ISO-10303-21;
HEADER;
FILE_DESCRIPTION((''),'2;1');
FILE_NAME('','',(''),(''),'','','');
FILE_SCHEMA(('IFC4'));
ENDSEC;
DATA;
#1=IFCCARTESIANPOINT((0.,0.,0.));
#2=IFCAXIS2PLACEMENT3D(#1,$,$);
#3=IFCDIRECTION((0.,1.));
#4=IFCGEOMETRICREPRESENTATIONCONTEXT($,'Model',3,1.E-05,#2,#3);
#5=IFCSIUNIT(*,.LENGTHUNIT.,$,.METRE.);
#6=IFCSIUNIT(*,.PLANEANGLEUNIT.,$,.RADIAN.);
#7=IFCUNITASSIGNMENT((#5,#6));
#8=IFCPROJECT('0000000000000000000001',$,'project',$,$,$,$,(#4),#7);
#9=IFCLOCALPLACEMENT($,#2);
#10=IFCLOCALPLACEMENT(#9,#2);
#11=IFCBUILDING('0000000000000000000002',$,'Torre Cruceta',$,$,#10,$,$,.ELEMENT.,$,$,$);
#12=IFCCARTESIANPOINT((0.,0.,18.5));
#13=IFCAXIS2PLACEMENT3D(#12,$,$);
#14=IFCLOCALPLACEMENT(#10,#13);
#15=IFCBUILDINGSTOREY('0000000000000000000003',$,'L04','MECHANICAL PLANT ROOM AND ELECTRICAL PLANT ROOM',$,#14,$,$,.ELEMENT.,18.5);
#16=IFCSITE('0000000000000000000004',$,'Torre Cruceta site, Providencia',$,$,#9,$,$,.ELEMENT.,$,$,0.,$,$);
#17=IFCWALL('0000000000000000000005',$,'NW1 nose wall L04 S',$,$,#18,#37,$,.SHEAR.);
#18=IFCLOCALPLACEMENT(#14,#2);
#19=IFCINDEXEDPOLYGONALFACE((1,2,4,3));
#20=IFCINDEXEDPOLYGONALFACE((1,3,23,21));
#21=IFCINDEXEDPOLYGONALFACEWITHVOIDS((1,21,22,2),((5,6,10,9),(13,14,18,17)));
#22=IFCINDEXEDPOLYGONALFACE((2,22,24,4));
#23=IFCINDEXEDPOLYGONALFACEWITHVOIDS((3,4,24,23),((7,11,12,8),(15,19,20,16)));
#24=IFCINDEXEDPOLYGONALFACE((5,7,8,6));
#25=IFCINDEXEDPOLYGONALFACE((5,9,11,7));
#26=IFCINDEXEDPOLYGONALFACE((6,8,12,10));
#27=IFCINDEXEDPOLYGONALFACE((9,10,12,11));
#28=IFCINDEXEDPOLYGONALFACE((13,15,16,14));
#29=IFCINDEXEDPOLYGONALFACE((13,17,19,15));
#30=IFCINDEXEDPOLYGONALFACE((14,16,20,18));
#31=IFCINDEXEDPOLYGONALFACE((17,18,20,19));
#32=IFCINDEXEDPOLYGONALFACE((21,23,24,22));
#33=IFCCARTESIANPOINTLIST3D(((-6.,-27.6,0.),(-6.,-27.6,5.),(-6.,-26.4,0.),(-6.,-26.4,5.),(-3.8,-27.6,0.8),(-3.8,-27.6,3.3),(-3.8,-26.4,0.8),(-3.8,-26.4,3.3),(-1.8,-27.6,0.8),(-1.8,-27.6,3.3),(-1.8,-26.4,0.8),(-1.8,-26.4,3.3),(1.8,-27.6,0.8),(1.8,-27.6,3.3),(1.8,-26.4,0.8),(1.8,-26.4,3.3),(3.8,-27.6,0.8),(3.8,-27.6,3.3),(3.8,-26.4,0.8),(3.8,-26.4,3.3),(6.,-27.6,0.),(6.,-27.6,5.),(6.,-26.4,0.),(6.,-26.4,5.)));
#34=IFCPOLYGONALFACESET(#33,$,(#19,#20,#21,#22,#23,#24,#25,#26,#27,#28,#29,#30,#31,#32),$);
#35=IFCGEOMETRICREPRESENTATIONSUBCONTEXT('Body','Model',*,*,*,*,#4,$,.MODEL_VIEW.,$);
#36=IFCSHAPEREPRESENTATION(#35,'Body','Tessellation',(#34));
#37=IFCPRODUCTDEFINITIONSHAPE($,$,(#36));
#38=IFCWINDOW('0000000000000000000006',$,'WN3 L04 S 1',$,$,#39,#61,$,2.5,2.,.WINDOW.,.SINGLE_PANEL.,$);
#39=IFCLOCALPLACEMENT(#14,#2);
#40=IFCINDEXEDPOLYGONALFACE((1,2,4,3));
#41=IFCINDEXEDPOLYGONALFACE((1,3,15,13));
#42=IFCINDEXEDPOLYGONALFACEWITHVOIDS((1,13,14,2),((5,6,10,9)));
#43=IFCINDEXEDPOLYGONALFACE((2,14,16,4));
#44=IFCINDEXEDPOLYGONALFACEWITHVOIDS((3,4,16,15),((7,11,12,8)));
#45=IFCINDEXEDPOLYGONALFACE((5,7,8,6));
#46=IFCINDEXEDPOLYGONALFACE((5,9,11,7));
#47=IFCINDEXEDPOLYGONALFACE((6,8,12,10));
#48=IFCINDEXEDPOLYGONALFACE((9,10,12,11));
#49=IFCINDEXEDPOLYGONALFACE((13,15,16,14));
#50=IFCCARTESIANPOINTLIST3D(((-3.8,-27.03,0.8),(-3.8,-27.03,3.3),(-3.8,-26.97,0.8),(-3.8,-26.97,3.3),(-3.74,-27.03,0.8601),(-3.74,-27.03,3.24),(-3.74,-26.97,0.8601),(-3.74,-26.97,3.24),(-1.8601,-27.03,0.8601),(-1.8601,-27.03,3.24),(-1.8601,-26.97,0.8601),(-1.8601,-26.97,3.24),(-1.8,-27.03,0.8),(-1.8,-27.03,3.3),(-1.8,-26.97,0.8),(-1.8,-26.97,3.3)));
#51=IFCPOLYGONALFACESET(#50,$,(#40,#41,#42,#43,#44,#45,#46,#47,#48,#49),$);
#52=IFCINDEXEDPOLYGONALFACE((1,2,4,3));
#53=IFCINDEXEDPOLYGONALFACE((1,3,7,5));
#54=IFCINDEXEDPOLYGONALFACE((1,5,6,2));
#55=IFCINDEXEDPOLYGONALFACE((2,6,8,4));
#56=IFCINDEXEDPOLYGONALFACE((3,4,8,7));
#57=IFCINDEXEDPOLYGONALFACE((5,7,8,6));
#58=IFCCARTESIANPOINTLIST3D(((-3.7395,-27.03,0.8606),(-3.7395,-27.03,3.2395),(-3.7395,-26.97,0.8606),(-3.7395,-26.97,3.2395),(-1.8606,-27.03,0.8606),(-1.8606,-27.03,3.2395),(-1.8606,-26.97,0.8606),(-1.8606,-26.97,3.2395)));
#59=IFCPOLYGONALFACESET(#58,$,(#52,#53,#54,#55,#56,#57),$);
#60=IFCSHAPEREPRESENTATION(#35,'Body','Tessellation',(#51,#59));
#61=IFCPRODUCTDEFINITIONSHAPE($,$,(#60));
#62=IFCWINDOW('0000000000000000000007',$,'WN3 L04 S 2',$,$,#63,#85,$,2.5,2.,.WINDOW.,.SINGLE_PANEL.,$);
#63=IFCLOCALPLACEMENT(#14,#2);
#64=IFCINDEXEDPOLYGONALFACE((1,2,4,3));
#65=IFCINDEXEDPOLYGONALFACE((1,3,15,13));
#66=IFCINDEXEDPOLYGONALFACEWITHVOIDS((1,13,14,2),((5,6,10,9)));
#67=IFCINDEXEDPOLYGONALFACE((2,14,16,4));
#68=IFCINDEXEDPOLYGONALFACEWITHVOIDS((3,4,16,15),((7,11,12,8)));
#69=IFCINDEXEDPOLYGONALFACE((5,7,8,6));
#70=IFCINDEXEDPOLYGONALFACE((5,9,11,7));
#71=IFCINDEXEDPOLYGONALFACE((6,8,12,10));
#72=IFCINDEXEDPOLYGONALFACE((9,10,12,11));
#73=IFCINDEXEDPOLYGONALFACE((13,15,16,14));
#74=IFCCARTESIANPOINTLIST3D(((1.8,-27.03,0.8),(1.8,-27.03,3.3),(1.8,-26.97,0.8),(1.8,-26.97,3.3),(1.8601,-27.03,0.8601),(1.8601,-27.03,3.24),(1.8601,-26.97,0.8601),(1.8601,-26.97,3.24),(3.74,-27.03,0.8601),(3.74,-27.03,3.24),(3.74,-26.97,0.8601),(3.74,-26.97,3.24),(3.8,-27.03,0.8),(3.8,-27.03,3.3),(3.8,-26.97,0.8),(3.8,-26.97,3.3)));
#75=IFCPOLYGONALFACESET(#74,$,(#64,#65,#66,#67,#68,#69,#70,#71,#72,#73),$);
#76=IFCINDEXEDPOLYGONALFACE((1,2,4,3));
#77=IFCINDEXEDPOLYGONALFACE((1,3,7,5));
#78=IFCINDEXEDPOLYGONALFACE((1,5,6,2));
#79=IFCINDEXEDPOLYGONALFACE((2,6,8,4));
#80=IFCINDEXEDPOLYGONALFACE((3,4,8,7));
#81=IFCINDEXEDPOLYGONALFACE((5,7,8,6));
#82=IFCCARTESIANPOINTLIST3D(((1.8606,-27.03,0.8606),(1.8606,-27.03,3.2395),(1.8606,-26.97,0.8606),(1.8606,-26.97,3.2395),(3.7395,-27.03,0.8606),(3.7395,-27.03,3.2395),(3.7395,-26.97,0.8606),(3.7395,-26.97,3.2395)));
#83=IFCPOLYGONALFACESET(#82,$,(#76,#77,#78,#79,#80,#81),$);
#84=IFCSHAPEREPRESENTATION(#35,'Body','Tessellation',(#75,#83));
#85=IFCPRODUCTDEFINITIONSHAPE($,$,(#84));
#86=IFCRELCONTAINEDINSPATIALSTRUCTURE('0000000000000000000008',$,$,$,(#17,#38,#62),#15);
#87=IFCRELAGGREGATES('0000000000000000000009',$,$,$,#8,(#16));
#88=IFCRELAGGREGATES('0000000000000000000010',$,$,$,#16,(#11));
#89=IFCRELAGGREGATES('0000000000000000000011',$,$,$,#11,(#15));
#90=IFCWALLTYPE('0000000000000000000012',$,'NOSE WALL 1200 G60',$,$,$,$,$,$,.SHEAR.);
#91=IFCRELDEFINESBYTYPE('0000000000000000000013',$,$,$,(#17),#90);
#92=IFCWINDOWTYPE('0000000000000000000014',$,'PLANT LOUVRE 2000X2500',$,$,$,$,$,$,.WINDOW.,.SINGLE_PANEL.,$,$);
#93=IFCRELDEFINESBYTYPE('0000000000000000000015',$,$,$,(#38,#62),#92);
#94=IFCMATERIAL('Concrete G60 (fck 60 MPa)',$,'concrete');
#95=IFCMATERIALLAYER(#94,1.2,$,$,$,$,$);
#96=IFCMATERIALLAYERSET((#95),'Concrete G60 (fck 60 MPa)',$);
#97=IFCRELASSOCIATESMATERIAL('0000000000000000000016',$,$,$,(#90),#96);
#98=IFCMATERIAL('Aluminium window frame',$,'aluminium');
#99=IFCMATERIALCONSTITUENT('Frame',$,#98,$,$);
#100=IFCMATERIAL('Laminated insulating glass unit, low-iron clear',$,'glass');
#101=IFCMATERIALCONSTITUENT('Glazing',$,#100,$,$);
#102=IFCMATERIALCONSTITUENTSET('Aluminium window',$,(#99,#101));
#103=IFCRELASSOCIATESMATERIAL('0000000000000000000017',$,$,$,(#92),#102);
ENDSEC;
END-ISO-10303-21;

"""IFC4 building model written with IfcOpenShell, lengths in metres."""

from ifc_helpers import new_model, si_unit, direction, frame, frame_2d, origin, place, context, subcontext, project, spatial, rectangle, hollow_rectangle, extrude, material, layer, layer_set, constituent, constituent_set, type_object, element, fill, save


model = new_model("IFC4")

# Units and contexts
model_context = context("Model", 3, precision=1e-05, world=origin(), true_north=direction((0.0, 1.0)))
body_context = subcontext(model_context, "Body", "Model", "MODEL_VIEW")
ifc_project = project(units=[si_unit("LENGTHUNIT", "METRE"), si_unit("PLANEANGLEUNIT", "RADIAN")], contexts=[model_context])

# Site, building, storey
site_placement = place(None, origin())
site = spatial("IfcSite", under=ifc_project, at=site_placement, Name="Torre Cruceta site, Providencia", CompositionType="ELEMENT", RefElevation=0.0)
building_placement = place(site_placement, origin())
building = spatial("IfcBuilding", under=site, at=building_placement, Name="Torre Cruceta", CompositionType="ELEMENT")
storey_placement = place(building_placement, frame((0.0, 0.0, 18.5)))
storey = spatial("IfcBuildingStorey", under=building, at=storey_placement, Name="L04", Description="MECHANICAL PLANT ROOM AND ELECTRICAL PLANT ROOM", CompositionType="ELEMENT", Elevation=18.5)

# Wall, openings, windows
ifc_material_1 = material(Name="Concrete G60 (fck 60 MPa)", Category="concrete")
ifc_layer = layer(ifc_material_1, 1.2)
ifc_layer_set = layer_set([ifc_layer], Name="Concrete G60 (fck 60 MPa)")
wall_type = type_object("IfcWallType", Name="NOSE WALL 1200 G60", PredefinedType="SHEAR", material=ifc_layer_set)
wall_placement = place(storey_placement, frame((-6.0, -27.0, 0.0), z_axis=(0.0, 0.0, 1.0), x_axis=(1.0, 0.0, 0.0)))
wall = element("IfcWall", 1, at=wall_placement, inside=storey, type_object=wall_type, Name="NW1 nose wall L04 S", PredefinedType="SHEAR", context=body_context, shape_type="SweptSolid", body=[
    extrude(rectangle(XDim=12.0, YDim=1.2, at=frame_2d((6.0, 0.0))), origin(), (0.0, 0.0, 1.0), 5.0),
])
opening_1_placement = place(wall_placement, frame((2.2, 0.0, 0.8)))
opening_1 = element("IfcOpeningElement", 2, at=opening_1_placement, cuts=wall, PredefinedType="OPENING", context=body_context, shape_type="SweptSolid", body=[
    extrude(rectangle(XDim=2.0, YDim=2.5, at=frame_2d((1.0, 1.25))), frame((0.0, 0.6099, 0.0), z_axis=(0.0, -1.0, 0.0), x_axis=(1.0, 0.0, 0.0)), (0.0, 0.0, 1.0), 1.22),
])
opening_2_placement = place(wall_placement, frame((7.8, 0.0, 0.8)))
opening_2 = element("IfcOpeningElement", 3, at=opening_2_placement, cuts=wall, PredefinedType="OPENING", context=body_context, shape_type="SweptSolid", body=[
    extrude(rectangle(XDim=2.0, YDim=2.5, at=frame_2d((1.0, 1.25))), frame((0.0, 0.6099, 0.0), z_axis=(0.0, -1.0, 0.0), x_axis=(1.0, 0.0, 0.0)), (0.0, 0.0, 1.0), 1.22),
])
ifc_material_2 = material(Name="Aluminium window frame", Category="aluminium")
ifc_constituent_1 = constituent(ifc_material_2, Name="Frame")
ifc_material_3 = material(Name="Laminated insulating glass unit, low-iron clear", Category="glass")
ifc_constituent_2 = constituent(ifc_material_3, Name="Glazing")
ifc_constituent_set = constituent_set(constituents=[ifc_constituent_1, ifc_constituent_2], Name="Aluminium window")
window_type = type_object("IfcWindowType", Name="PLANT LOUVRE 2000X2500", PartitioningType="SINGLE_PANEL", PredefinedType="WINDOW", material=ifc_constituent_set)
window_1_placement = place(opening_1_placement, origin())
window_1 = element("IfcWindow", 4, at=window_1_placement, inside=storey, type_object=window_type, Name="WN3 L04 S 1", OverallHeight=2.5, OverallWidth=2.0, PartitioningType="SINGLE_PANEL", PredefinedType="WINDOW", context=body_context, shape_type="SweptSolid", body=[
    extrude(hollow_rectangle(XDim=2.0, YDim=2.5, WallThickness=0.0601, at=frame_2d((1.0, 1.25))), frame((0.0, 0.03, 0.0), z_axis=(0.0, -1.0, 0.0), x_axis=(1.0, 0.0, 0.0)), (0.0, 0.0, 1.0), 0.0601),
    extrude(rectangle(XDim=1.8789, YDim=2.3789, at=frame_2d((1.0, 1.25))), frame((0.0, 0.03, 0.0), z_axis=(0.0, -1.0, 0.0), x_axis=(1.0, 0.0, 0.0)), (0.0, 0.0, 1.0), 0.0601),
])
fill(opening_1, window_1)
window_2_placement = place(opening_2_placement, origin())
window_2 = element("IfcWindow", 5, at=window_2_placement, inside=storey, type_object=window_type, Name="WN3 L04 S 2", OverallHeight=2.5, OverallWidth=2.0, PartitioningType="SINGLE_PANEL", PredefinedType="WINDOW", context=body_context, shape_type="SweptSolid", body=[
    extrude(hollow_rectangle(XDim=2.0, YDim=2.5, WallThickness=0.0601, at=frame_2d((1.0, 1.25))), frame((0.0, 0.03, 0.0), z_axis=(0.0, -1.0, 0.0), x_axis=(1.0, 0.0, 0.0)), (0.0, 0.0, 1.0), 0.0601),
    extrude(rectangle(XDim=1.8789, YDim=2.3789, at=frame_2d((1.0, 1.25))), frame((0.0, 0.03, 0.0), z_axis=(0.0, -1.0, 0.0), x_axis=(1.0, 0.0, 0.0)), (0.0, 0.0, 1.0), 0.0601),
])
fill(opening_2, window_2)

save(model, "model.ifc")
